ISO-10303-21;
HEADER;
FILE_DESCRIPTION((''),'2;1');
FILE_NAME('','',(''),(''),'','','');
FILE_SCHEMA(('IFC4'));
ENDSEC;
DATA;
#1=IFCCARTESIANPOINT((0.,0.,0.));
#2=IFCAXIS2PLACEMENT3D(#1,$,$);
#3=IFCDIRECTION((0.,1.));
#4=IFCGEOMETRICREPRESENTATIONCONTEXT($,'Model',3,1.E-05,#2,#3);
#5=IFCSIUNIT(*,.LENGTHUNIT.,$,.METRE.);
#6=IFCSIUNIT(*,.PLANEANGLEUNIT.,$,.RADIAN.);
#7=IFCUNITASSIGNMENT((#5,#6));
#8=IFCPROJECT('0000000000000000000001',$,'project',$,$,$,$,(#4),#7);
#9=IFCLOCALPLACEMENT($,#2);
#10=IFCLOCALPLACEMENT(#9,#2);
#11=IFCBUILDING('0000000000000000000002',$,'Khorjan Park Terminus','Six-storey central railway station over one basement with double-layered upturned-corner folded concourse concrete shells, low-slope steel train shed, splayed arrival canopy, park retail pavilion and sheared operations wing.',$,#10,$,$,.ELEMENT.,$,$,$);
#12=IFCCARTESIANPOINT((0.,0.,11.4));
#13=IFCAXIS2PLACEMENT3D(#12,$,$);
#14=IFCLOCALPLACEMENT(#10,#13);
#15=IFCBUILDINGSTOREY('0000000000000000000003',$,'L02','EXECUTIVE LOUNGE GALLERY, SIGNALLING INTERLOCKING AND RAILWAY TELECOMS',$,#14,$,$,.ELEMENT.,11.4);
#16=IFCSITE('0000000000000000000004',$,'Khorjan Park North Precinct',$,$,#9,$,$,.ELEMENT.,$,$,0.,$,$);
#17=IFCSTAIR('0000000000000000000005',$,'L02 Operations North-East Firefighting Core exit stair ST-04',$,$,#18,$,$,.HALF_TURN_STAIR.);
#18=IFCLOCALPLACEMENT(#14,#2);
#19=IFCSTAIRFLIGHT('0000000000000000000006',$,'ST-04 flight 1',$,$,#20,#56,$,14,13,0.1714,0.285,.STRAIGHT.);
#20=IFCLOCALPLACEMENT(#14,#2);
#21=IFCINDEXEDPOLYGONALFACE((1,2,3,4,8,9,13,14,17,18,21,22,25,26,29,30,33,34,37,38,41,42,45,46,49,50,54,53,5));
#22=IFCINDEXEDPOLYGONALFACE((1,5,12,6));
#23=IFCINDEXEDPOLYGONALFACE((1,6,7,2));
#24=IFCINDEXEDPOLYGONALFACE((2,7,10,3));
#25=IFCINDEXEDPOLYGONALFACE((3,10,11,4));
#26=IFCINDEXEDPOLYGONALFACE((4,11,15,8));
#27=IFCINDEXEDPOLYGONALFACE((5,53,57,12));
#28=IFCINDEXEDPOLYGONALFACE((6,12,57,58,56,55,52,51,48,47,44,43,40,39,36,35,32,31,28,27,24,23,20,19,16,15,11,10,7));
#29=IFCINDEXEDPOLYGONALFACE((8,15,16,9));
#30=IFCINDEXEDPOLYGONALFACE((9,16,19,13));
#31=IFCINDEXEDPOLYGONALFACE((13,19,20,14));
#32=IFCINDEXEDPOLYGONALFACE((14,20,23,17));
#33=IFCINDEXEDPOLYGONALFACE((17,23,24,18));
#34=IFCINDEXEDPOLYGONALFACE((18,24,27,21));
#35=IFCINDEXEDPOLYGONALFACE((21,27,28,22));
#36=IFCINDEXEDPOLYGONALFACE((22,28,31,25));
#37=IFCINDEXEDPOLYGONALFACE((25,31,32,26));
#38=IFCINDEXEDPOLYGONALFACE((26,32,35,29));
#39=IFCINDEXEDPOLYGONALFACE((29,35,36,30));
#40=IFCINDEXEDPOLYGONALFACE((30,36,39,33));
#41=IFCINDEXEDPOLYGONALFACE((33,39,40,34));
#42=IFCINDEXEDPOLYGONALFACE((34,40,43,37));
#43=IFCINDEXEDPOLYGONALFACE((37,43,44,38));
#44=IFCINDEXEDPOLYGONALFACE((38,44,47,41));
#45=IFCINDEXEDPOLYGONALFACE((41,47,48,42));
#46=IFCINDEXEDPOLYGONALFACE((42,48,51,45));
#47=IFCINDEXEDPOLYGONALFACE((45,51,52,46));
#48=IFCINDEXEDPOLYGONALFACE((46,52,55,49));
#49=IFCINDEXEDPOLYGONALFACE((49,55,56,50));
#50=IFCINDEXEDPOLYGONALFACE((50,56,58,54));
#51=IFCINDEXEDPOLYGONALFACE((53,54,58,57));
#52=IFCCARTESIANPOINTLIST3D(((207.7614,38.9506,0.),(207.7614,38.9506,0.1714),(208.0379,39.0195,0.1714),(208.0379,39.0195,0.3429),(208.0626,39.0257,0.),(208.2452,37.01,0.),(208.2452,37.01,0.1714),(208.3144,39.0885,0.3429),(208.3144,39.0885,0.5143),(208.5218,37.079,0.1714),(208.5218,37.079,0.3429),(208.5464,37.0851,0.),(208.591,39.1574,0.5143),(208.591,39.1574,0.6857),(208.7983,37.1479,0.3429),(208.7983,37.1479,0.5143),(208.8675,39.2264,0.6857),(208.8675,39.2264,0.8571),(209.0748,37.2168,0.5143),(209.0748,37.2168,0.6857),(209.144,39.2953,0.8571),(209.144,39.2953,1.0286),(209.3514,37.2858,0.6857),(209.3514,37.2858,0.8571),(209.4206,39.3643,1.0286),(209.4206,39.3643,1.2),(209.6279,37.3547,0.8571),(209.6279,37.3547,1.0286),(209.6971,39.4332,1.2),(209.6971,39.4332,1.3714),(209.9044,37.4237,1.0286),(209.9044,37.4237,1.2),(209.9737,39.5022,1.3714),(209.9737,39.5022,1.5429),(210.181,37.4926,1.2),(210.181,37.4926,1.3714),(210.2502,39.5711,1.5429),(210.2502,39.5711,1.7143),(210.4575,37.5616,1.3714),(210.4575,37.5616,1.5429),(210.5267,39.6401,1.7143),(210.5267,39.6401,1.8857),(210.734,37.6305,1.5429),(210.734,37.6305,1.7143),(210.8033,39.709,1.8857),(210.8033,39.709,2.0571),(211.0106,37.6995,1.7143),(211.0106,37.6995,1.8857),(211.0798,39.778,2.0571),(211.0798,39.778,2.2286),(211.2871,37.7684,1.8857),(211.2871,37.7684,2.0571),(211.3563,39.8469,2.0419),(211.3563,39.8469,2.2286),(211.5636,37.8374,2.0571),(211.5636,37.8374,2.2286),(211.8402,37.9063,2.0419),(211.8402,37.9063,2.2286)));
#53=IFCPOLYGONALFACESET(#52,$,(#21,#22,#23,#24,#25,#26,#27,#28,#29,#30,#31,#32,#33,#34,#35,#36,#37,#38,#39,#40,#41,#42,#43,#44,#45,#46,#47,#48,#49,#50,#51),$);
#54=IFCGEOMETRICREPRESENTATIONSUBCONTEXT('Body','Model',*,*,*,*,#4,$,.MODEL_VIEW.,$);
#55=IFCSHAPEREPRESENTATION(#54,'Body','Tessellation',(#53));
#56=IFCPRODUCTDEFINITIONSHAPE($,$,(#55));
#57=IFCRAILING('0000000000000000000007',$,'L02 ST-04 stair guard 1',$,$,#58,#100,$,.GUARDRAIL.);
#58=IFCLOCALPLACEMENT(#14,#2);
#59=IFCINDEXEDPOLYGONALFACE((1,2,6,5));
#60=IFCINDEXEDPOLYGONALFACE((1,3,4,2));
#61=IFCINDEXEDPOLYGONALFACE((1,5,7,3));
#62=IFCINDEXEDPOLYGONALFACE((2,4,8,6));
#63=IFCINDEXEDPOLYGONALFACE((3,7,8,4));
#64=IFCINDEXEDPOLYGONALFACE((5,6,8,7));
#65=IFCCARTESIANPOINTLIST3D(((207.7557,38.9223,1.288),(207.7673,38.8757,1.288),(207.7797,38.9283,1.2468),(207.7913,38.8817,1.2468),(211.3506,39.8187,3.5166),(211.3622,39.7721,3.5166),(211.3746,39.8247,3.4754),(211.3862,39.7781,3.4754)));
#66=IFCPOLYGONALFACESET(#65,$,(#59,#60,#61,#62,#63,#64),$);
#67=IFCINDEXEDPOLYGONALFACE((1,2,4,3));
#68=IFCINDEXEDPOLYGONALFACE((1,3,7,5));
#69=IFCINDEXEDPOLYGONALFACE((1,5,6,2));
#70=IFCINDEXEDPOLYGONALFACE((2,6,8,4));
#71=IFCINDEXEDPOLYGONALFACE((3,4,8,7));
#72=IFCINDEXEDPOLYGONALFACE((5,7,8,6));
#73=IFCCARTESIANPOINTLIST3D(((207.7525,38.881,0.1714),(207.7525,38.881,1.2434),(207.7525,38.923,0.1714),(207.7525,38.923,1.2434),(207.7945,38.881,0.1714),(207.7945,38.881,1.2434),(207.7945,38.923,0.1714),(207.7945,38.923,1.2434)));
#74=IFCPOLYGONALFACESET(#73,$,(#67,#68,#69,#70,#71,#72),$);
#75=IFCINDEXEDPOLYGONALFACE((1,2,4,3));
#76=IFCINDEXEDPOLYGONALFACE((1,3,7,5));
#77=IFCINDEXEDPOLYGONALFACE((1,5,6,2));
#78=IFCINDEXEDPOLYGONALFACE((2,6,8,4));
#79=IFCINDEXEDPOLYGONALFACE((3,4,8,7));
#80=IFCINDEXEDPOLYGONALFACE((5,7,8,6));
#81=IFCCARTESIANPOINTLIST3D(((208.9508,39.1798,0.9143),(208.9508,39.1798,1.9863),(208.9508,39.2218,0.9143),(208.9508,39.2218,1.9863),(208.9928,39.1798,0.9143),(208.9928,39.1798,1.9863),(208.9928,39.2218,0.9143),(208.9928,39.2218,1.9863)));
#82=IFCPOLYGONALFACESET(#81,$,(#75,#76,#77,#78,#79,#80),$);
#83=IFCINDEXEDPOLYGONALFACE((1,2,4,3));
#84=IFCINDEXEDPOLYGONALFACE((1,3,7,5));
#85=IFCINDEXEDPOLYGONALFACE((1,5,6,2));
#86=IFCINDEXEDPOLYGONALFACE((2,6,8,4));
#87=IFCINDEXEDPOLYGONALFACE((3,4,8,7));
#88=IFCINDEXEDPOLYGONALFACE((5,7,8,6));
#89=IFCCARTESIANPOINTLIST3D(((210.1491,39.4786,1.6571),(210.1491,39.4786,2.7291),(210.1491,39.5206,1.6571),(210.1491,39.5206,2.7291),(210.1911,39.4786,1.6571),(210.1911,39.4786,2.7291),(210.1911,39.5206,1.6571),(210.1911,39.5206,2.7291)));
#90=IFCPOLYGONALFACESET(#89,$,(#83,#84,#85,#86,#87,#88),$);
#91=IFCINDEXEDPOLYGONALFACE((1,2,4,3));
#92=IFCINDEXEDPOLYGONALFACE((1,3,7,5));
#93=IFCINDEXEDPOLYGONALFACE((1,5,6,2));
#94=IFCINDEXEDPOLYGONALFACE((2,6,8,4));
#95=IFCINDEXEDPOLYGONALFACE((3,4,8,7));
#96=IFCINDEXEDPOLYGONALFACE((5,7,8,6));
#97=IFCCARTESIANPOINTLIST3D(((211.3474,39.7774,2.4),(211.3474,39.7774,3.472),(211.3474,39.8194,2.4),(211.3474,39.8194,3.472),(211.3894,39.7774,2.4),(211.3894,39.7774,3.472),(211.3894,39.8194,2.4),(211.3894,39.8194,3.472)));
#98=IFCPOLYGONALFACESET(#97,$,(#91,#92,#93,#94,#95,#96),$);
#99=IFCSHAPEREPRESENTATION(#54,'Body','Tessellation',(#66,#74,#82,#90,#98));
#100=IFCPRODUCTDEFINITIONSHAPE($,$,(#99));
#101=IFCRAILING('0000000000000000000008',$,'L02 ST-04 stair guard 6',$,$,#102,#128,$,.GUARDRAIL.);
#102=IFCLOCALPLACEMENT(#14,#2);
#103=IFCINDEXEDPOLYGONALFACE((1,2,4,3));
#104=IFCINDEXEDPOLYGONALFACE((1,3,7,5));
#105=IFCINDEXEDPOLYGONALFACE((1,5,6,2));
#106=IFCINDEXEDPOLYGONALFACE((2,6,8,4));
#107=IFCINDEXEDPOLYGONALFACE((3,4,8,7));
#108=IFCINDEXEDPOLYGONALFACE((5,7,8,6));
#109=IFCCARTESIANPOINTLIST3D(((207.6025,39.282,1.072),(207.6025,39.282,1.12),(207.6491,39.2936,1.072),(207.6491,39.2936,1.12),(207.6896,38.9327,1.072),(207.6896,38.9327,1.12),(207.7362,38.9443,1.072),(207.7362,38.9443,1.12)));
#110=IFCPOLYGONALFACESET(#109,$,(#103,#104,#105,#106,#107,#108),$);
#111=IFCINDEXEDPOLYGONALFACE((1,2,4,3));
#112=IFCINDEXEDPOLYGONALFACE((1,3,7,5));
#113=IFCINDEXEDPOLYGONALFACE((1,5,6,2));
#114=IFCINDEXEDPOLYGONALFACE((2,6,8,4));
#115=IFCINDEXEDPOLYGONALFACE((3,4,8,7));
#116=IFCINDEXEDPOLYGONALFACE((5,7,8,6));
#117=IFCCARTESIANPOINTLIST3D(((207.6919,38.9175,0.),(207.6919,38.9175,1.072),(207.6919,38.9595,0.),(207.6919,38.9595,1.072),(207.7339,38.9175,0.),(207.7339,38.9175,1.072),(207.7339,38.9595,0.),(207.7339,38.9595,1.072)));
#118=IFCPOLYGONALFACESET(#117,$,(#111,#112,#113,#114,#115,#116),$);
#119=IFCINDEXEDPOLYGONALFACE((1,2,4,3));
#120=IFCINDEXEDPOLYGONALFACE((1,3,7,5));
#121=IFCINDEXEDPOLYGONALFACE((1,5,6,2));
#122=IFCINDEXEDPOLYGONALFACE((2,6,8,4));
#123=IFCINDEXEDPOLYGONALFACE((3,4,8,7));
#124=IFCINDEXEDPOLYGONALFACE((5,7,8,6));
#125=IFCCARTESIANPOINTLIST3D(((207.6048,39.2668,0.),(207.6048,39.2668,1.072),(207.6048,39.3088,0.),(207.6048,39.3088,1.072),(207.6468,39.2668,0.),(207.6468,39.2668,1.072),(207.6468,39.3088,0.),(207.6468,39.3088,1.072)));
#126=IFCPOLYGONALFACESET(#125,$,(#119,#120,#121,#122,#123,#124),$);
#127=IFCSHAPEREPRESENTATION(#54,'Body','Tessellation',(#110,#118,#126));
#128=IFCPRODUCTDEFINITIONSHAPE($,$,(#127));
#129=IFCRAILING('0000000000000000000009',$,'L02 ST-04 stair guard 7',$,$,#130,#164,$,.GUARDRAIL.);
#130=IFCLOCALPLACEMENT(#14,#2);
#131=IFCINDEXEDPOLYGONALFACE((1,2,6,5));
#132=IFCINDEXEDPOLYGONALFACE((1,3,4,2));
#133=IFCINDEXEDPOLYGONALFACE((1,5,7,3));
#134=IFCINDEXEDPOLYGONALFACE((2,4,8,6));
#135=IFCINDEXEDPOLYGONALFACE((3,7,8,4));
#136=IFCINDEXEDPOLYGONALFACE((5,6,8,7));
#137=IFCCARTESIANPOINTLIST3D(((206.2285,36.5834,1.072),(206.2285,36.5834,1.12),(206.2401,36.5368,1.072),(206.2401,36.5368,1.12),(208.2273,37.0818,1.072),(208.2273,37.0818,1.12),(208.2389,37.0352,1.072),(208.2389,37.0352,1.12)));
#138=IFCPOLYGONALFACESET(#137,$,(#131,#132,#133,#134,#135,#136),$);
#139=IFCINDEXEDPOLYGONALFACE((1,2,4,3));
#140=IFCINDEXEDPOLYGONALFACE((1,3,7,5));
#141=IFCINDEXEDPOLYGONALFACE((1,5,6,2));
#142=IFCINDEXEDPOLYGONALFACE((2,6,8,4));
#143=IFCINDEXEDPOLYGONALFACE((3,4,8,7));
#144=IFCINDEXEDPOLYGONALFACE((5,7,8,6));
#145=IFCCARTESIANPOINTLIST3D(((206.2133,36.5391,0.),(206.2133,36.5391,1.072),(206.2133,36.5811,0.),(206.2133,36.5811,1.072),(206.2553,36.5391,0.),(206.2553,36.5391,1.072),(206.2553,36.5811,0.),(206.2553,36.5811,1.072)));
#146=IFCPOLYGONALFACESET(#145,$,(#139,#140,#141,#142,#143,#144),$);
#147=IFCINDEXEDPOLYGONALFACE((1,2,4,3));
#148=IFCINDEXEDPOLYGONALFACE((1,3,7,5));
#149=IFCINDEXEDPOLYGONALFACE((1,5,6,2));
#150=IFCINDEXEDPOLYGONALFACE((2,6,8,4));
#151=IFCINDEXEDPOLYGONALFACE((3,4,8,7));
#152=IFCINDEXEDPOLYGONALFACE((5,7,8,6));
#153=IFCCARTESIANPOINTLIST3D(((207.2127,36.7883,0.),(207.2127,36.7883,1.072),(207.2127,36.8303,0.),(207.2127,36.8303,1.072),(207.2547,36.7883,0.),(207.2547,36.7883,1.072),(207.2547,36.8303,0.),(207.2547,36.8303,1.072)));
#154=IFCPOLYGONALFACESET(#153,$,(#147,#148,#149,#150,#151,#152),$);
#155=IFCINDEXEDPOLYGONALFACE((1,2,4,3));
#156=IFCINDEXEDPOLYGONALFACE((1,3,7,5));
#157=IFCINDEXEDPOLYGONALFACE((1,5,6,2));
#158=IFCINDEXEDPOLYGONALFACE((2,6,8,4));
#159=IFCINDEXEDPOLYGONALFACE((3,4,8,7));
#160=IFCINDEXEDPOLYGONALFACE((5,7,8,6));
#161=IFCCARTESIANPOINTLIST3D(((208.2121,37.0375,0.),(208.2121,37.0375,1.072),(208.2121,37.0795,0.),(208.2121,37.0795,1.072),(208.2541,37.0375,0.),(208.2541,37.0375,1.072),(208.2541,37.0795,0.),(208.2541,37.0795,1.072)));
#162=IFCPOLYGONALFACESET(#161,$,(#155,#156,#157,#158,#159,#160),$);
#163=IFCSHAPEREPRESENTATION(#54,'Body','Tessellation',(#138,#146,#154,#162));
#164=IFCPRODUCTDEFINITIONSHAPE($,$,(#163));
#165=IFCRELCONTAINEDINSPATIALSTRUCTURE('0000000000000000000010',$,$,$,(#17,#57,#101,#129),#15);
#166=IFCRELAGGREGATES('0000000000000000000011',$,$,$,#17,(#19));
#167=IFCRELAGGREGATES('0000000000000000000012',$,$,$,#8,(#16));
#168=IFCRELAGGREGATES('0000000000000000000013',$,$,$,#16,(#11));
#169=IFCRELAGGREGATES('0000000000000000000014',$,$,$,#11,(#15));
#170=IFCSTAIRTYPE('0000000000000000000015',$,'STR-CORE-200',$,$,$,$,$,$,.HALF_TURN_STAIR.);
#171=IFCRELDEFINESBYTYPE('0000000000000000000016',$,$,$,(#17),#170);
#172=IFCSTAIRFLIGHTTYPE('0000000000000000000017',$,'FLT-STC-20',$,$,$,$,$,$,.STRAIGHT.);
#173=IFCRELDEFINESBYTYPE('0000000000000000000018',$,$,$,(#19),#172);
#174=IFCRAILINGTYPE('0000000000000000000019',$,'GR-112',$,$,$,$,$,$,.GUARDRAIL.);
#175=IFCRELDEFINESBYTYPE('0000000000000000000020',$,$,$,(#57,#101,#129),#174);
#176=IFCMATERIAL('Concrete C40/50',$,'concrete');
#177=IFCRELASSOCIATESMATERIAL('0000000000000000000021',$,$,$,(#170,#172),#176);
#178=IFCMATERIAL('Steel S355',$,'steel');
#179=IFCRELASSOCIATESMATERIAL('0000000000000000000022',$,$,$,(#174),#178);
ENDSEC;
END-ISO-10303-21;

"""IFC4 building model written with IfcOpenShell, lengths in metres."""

from ifc_helpers import new_model, si_unit, direction, frame, origin, origin_2d, place, context, subcontext, project, spatial, polyline, rectangle, outline, extrude, material, type_object, element, aggregate, save


model = new_model("IFC4")

# Units and contexts
model_context = context("Model", 3, precision=1e-05, world=origin(), true_north=direction((0.0, 1.0)))
body_context = subcontext(model_context, "Body", "Model", "MODEL_VIEW")
ifc_project = project(units=[si_unit("LENGTHUNIT", "METRE"), si_unit("PLANEANGLEUNIT", "RADIAN")], contexts=[model_context])

# Site, building, storey
site_placement = place(None, origin())
site = spatial("IfcSite", under=ifc_project, at=site_placement, Name="Khorjan Park North Precinct", CompositionType="ELEMENT", RefElevation=0.0)
building_placement = place(site_placement, origin())
building = spatial("IfcBuilding", under=site, at=building_placement, Name="Khorjan Park Terminus", Description="Six-storey central railway station over one basement with double-layered upturned-corner folded concourse concrete shells, low-slope steel train shed, splayed arrival canopy, park retail pavilion and sheared operations wing.", CompositionType="ELEMENT")
storey_placement = place(building_placement, frame((0.0, 0.0, 11.4)))
storey = spatial("IfcBuildingStorey", under=building, at=storey_placement, Name="L02", Description="EXECUTIVE LOUNGE GALLERY, SIGNALLING INTERLOCKING AND RAILWAY TELECOMS", CompositionType="ELEMENT", Elevation=11.4)

# Shared definitions
ifc_material_1 = material(Name="Steel S355", Category="steel")
ifc_material_2 = material(Name="Concrete C40/50", Category="concrete")

# Stair, stair flight
stair_type = type_object("IfcStairType", Name="STR-CORE-200", PredefinedType="HALF_TURN_STAIR", material=ifc_material_2)
stair_placement = place(storey_placement, origin())
stair = element("IfcStair", 1, at=stair_placement, inside=storey, type_object=stair_type, Name="L02 Operations North-East Firefighting Core exit stair ST-04", PredefinedType="HALF_TURN_STAIR")
stair_flight_type = type_object("IfcStairFlightType", Name="FLT-STC-20", PredefinedType="STRAIGHT", material=ifc_material_2)
stair_flight_placement = place(storey_placement, frame((208.0033, 37.9803, 0.0), z_axis=(0.0, 0.0, 1.0), x_axis=(0.970296, 0.241922, 0.0)))
stair_flight = element("IfcStairFlight", 2, at=stair_flight_placement, type_object=stair_flight_type, Name="ST-04 flight 1", NumberOfRisers=14, NumberOfTreads=13, PredefinedType="STRAIGHT", RiserHeight=0.1714, TreadLength=0.285, context=body_context, shape_type="SweptSolid", body=[
    extrude(outline(polyline([(0.0, 0.0), (0.0, 0.1714), (0.285, 0.1714), (0.285, 0.3429), (0.57, 0.3429), (0.57, 0.5143), (0.855, 0.5143), (0.855, 0.6857), (1.14, 0.6857), (1.14, 0.8571), (1.425, 0.8571), (1.425, 1.0286), (1.71, 1.0286), (1.71, 1.2), (1.995, 1.2), (1.995, 1.3714), (2.28, 1.3714), (2.28, 1.5429), (2.565, 1.5429), (2.565, 1.7143), (2.85, 1.7143), (2.85, 1.8857), (3.135, 1.8857), (3.135, 2.0571), (3.42, 2.0571), (3.42, 2.2286), (3.705, 2.2286), (3.705, 2.4), (3.705, 2.0419), (0.3104, 0.0), (0.0, 0.0)])), frame((0.0, 1.0, 0.0), z_axis=(0.0, -1.0, 0.0), x_axis=(1.0, 0.0, 0.0)), (0.0, 0.0, 1.0), 2.0),
])
aggregate(stair, [stair_flight])

# Railings
railing_type_1 = type_object("IfcRailingType", Name="GR-112", PredefinedType="GUARDRAIL", material=ifc_material_1)
railing_1_placement = place(storey_placement, frame((207.7735, 38.902, 0.1714)))
element("IfcRailing", 3, at=railing_1_placement, inside=storey, type_object=railing_type_1, Name="L02 ST-04 stair guard 1", PredefinedType="GUARDRAIL", context=body_context, shape_type="SweptSolid", body=[
    extrude(rectangle(XDim=0.048, YDim=0.048, at=origin_2d()), frame((0.0, 0.0, 1.096), z_axis=(0.83146, 0.207327, 0.51545), x_axis=(-0.241945, 0.97029, 0.0)), (0.0, 0.0, 1.0), 4.3236),
    extrude(rectangle(XDim=0.042, YDim=0.042, at=origin_2d()), origin(), (0.0, 0.0, 1.0), 1.072),
    extrude(rectangle(XDim=0.042, YDim=0.042, at=origin_2d()), frame((1.1983, 0.2988, 0.7429)), (0.0, 0.0, 1.0), 1.072),
    extrude(rectangle(XDim=0.042, YDim=0.042, at=origin_2d()), frame((2.3966, 0.5976, 1.4857)), (0.0, 0.0, 1.0), 1.072),
    extrude(rectangle(XDim=0.042, YDim=0.042, at=origin_2d()), frame((3.5949, 0.8964, 2.2286)), (0.0, 0.0, 1.0), 1.072),
])
railing_2_placement = place(storey_placement, frame((207.7129, 38.9385, 0.0)))
element("IfcRailing", 4, at=railing_2_placement, inside=storey, type_object=railing_type_1, Name="L02 ST-04 stair guard 6", PredefinedType="GUARDRAIL", context=body_context, shape_type="SweptSolid", body=[
    extrude(rectangle(XDim=0.048, YDim=0.048, at=origin_2d()), frame((0.0, 0.0, 1.096), z_axis=(-0.241947, 0.970289, 0.0), x_axis=(-0.970289, -0.241947, 0.0)), (0.0, 0.0, 1.0), 0.36),
    extrude(rectangle(XDim=0.042, YDim=0.042, at=origin_2d()), origin(), (0.0, 0.0, 1.0), 1.072),
    extrude(rectangle(XDim=0.042, YDim=0.042, at=origin_2d()), frame((-0.0871, 0.3493, 0.0)), (0.0, 0.0, 1.0), 1.072),
])
railing_3_placement = place(storey_placement, frame((206.2343, 36.5601, 0.0)))
element("IfcRailing", 5, at=railing_3_placement, inside=storey, type_object=railing_type_1, Name="L02 ST-04 stair guard 7", PredefinedType="GUARDRAIL", context=body_context, shape_type="SweptSolid", body=[
    extrude(rectangle(XDim=0.048, YDim=0.048, at=origin_2d()), frame((0.0, 0.0, 1.096), z_axis=(0.970291, 0.241942, 0.0), x_axis=(-0.241942, 0.970291, 0.0)), (0.0, 0.0, 1.0), 2.06),
    extrude(rectangle(XDim=0.042, YDim=0.042, at=origin_2d()), origin(), (0.0, 0.0, 1.0), 1.072),
    extrude(rectangle(XDim=0.042, YDim=0.042, at=origin_2d()), frame((0.9994, 0.2492, 0.0)), (0.0, 0.0, 1.0), 1.072),
    extrude(rectangle(XDim=0.042, YDim=0.042, at=origin_2d()), frame((1.9988, 0.4984, 0.0)), (0.0, 0.0, 1.0), 1.072),
])

save(model, "model.ifc")
